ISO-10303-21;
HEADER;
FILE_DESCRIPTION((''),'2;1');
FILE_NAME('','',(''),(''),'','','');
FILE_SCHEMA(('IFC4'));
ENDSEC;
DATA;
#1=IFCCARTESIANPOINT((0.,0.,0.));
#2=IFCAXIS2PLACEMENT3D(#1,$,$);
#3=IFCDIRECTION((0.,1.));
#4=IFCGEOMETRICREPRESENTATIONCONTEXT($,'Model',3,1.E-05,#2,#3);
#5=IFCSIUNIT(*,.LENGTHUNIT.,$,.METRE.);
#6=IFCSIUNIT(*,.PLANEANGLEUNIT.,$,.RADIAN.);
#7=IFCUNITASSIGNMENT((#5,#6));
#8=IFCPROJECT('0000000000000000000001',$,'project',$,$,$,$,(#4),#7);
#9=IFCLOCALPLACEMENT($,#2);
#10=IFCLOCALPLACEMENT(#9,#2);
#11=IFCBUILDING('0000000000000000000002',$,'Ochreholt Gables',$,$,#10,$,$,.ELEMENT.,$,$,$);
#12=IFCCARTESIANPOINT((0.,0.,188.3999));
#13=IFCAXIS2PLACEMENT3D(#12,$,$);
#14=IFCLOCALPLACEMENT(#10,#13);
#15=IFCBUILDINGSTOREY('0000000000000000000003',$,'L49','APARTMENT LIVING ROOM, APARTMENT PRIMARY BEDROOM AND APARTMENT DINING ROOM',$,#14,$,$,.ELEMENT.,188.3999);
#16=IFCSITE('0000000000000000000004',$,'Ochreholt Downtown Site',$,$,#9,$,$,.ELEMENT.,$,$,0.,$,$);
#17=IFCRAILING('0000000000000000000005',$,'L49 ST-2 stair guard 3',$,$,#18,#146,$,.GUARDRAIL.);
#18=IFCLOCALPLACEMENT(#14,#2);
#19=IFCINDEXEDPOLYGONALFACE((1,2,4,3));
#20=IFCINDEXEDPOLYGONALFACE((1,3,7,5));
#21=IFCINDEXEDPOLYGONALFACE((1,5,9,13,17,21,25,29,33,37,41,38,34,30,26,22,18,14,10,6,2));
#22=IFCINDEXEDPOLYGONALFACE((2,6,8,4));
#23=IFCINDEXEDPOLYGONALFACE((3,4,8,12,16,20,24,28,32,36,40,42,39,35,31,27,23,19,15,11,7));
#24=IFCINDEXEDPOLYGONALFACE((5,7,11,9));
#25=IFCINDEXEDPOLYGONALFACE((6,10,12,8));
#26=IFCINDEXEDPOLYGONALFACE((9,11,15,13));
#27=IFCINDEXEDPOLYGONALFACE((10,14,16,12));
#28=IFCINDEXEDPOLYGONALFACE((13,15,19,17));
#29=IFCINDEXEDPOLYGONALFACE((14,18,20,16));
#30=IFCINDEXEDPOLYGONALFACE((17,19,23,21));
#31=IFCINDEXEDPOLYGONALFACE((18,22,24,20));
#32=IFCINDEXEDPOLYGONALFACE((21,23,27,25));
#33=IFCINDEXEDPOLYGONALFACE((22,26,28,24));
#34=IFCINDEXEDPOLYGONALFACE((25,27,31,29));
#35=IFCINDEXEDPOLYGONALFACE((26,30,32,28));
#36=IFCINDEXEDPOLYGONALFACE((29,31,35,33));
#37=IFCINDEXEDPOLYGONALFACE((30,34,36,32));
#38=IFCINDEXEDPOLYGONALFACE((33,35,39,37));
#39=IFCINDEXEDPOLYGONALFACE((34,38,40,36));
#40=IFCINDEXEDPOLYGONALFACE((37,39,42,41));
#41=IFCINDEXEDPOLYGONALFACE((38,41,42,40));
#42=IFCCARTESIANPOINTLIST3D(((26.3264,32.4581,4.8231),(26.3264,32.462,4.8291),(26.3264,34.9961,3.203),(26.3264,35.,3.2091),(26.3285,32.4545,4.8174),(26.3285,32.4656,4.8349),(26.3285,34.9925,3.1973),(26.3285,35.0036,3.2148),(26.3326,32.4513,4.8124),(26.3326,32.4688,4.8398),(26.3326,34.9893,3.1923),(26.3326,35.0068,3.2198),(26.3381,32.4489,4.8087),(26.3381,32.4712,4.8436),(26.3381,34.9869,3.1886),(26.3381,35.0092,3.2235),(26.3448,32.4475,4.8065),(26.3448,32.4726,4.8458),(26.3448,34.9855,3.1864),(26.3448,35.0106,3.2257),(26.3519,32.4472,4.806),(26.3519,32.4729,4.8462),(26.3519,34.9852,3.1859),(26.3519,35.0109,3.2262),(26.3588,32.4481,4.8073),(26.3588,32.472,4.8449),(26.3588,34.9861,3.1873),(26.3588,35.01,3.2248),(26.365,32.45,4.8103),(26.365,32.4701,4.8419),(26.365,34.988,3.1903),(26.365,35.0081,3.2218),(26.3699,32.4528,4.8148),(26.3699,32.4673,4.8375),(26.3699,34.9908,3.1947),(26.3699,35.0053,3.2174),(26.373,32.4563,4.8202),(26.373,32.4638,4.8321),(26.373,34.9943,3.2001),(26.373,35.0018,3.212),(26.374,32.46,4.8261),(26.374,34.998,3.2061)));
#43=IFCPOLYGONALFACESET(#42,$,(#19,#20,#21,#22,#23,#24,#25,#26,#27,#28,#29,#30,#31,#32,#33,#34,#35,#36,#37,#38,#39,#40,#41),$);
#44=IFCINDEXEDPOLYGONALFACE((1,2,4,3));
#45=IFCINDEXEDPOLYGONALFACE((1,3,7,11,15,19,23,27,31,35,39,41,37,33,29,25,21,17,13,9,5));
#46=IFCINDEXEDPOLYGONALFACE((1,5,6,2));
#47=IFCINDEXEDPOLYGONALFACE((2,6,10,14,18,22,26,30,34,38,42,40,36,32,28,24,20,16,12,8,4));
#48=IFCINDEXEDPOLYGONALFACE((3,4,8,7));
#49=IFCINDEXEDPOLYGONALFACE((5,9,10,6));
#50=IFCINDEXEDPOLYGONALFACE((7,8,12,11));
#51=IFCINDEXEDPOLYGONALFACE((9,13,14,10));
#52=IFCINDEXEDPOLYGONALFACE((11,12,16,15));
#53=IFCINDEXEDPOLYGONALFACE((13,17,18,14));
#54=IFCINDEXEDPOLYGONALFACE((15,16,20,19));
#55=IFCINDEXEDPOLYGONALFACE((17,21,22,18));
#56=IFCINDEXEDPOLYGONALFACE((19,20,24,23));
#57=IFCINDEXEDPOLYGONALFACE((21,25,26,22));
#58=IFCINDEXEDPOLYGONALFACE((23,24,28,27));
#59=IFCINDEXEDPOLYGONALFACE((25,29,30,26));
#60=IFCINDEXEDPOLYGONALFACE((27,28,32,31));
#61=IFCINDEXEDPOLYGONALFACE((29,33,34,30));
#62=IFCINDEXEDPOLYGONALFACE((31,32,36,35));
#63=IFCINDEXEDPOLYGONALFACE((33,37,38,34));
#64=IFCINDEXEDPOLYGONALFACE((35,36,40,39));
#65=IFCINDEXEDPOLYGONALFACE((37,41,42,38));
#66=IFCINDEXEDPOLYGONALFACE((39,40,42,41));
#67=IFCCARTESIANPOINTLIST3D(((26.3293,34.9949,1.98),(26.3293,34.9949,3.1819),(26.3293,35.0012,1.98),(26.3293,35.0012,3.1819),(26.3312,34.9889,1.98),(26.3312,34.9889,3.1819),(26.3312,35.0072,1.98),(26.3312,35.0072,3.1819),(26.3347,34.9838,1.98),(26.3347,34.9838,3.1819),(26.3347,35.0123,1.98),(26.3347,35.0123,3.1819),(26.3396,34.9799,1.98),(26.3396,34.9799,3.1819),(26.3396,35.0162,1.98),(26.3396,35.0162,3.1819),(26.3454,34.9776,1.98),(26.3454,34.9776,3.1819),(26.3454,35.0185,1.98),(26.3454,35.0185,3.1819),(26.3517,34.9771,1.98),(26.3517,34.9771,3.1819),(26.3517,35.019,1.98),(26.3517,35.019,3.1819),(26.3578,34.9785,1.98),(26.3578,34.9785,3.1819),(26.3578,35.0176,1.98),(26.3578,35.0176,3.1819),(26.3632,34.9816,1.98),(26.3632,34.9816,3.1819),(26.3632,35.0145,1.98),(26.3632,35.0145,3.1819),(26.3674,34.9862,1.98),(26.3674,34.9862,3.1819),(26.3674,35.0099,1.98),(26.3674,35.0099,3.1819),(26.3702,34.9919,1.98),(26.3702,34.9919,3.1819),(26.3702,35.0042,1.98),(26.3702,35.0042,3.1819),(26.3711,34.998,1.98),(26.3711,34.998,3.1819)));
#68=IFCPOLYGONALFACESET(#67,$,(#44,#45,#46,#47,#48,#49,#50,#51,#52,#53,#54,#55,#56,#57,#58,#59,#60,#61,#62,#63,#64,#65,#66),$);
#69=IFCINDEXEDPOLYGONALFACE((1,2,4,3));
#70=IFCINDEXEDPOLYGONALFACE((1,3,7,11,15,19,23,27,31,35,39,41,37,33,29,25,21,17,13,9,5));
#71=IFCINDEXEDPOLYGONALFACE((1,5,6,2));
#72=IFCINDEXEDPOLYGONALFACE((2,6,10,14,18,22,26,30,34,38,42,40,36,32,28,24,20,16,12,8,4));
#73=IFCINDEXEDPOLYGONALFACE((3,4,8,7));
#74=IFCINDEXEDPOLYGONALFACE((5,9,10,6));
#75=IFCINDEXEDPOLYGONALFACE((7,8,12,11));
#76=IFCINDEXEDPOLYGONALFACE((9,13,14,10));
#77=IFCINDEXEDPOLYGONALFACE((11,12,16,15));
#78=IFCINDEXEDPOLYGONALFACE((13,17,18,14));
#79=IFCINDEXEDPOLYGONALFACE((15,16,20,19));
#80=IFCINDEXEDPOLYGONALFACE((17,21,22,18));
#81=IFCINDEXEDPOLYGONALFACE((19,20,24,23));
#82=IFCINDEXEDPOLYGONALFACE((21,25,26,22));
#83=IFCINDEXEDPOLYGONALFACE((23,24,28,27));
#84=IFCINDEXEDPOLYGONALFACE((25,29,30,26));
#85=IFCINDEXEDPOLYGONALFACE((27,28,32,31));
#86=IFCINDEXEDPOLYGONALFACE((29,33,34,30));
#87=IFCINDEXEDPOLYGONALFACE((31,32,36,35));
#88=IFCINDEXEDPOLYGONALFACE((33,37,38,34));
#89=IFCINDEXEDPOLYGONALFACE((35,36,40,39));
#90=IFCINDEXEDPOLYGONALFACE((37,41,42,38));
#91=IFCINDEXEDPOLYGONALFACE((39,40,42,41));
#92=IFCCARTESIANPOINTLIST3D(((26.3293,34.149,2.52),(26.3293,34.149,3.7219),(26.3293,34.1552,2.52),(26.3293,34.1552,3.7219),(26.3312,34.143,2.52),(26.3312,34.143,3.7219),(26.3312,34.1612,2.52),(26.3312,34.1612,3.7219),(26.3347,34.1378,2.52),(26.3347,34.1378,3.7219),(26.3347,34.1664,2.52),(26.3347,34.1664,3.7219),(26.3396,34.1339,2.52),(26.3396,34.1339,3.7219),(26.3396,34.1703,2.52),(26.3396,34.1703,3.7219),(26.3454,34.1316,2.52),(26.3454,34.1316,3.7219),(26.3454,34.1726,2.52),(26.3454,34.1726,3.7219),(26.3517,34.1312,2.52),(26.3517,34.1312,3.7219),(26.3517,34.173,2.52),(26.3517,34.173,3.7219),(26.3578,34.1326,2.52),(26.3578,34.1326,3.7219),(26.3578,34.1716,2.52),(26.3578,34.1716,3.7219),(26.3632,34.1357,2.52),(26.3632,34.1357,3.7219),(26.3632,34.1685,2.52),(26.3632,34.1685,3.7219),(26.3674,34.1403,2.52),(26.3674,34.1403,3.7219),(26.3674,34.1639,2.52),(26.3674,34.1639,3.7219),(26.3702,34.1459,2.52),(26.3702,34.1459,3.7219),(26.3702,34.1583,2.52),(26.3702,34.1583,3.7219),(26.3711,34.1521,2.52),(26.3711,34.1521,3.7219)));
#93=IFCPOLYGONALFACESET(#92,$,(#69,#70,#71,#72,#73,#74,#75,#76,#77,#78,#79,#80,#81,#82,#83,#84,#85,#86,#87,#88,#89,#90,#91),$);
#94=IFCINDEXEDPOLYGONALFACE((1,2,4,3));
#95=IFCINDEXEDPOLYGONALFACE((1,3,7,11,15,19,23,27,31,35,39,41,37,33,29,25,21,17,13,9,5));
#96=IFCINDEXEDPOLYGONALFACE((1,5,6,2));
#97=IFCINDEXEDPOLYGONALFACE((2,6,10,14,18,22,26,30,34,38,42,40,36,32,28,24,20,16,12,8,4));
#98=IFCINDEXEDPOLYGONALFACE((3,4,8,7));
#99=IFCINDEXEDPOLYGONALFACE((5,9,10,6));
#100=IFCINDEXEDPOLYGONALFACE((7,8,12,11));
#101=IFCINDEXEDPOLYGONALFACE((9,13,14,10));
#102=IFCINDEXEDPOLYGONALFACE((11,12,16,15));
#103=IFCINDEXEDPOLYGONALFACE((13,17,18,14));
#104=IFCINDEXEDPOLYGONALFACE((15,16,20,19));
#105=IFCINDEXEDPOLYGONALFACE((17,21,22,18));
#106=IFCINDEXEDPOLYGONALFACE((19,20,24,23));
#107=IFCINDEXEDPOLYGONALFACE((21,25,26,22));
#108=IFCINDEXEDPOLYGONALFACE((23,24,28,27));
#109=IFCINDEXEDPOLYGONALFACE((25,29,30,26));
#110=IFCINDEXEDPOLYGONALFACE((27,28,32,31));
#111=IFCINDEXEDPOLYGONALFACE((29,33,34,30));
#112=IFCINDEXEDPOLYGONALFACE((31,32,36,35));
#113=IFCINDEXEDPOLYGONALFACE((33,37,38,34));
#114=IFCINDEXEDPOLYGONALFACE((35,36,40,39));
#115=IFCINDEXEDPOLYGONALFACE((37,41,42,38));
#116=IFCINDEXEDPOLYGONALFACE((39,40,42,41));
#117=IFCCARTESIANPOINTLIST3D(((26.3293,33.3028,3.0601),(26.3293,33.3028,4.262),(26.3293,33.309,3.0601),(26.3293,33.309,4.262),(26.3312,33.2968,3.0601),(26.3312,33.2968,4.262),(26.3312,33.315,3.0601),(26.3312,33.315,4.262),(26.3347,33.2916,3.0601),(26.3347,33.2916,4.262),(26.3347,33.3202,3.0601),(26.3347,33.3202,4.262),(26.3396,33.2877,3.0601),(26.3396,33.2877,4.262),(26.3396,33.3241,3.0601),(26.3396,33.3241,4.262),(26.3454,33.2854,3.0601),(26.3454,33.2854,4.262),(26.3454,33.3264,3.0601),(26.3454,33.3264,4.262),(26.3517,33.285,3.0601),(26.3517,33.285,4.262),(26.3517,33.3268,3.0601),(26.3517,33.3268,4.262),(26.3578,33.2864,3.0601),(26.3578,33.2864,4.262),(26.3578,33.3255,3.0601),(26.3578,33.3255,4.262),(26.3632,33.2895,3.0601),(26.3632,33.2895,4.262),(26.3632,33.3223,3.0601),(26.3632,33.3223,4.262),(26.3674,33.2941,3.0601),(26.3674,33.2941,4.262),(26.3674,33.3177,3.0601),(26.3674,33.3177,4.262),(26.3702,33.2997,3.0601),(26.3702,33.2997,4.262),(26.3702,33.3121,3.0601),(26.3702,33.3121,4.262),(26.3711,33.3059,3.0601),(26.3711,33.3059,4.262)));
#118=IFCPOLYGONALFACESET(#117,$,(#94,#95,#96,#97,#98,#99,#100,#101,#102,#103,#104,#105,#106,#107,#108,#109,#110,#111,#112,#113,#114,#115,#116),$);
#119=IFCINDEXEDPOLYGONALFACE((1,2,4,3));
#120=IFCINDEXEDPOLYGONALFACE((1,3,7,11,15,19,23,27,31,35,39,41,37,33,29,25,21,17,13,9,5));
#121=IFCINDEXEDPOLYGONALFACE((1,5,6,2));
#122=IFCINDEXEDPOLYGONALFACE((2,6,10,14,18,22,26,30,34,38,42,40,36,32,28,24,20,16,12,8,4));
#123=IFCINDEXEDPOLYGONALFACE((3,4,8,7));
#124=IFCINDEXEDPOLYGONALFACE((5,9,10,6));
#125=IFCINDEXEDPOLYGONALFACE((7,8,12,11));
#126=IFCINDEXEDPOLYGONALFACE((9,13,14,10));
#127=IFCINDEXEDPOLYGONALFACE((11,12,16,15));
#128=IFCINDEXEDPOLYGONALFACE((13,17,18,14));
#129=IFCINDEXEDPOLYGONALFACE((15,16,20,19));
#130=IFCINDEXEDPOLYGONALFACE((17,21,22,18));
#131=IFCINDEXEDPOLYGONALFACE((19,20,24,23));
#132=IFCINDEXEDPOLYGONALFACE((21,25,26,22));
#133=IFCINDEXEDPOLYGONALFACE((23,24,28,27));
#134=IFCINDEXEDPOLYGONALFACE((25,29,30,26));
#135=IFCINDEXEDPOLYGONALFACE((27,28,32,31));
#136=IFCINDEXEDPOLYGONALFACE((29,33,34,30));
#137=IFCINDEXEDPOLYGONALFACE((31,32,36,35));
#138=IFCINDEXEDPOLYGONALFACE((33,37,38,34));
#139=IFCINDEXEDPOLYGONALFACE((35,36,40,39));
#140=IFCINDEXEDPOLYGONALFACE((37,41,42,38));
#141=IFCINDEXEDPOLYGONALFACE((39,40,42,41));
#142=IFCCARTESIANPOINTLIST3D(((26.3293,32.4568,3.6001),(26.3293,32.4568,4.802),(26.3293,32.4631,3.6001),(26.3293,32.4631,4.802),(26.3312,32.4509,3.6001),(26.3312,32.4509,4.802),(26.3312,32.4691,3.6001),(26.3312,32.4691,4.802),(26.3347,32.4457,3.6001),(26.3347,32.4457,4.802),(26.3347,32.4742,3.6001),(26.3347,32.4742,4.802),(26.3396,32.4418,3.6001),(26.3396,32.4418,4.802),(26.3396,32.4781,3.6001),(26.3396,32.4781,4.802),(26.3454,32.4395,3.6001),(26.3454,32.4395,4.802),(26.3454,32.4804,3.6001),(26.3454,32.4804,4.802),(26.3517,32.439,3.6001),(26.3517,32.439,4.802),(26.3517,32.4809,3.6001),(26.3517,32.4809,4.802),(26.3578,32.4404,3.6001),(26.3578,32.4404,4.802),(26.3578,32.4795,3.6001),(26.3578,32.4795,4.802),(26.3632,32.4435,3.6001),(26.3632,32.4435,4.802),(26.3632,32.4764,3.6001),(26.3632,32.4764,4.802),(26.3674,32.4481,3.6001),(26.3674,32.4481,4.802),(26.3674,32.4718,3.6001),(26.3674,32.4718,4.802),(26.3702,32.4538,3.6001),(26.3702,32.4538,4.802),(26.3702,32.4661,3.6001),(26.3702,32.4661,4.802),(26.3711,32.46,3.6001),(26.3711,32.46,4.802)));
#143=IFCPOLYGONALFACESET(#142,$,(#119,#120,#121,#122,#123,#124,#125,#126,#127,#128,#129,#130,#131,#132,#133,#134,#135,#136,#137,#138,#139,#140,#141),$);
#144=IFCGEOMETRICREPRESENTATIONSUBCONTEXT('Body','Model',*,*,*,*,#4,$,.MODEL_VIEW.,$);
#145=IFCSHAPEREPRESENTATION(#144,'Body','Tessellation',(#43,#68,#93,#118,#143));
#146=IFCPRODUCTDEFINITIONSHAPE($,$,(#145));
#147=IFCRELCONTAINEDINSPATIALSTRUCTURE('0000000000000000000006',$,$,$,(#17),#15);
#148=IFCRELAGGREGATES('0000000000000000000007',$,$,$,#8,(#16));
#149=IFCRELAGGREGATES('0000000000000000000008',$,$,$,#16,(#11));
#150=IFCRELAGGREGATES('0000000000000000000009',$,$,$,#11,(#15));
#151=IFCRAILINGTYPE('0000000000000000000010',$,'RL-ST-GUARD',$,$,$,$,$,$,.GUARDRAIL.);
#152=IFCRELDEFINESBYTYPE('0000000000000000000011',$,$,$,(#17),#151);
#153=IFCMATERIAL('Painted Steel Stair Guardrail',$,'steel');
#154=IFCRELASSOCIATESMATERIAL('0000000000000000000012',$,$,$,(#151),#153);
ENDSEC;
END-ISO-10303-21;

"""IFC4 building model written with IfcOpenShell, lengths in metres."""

from ifc_helpers import new_model, si_unit, direction, frame, origin, origin_2d, place, context, subcontext, project, spatial, circle, extrude, material, type_object, element, save


model = new_model("IFC4")

# Units and contexts
model_context = context("Model", 3, precision=1e-05, world=origin(), true_north=direction((0.0, 1.0)))
body_context = subcontext(model_context, "Body", "Model", "MODEL_VIEW")
ifc_project = project(units=[si_unit("LENGTHUNIT", "METRE"), si_unit("PLANEANGLEUNIT", "RADIAN")], contexts=[model_context])

# Site, building, storey
site_placement = place(None, origin())
site = spatial("IfcSite", under=ifc_project, at=site_placement, Name="Ochreholt Downtown Site", CompositionType="ELEMENT", RefElevation=0.0)
building_placement = place(site_placement, origin())
building = spatial("IfcBuilding", under=site, at=building_placement, Name="Ochreholt Gables", CompositionType="ELEMENT")
storey_placement = place(building_placement, frame((0.0, 0.0, 188.3999)))
storey = spatial("IfcBuildingStorey", under=building, at=storey_placement, Name="L49", Description="APARTMENT LIVING ROOM, APARTMENT PRIMARY BEDROOM AND APARTMENT DINING ROOM", CompositionType="ELEMENT", Elevation=188.3999)

# Railing
ifc_material_1 = material(Name="Painted Steel Stair Guardrail", Category="steel")
railing_type_1 = type_object("IfcRailingType", Name="RL-ST-GUARD", PredefinedType="GUARDRAIL", material=ifc_material_1)
railing_1_placement = place(storey_placement, frame((26.3501, 34.998, 1.98)))
element("IfcRailing", 1, at=railing_1_placement, inside=storey, type_object=railing_type_1, Name="L49 ST-2 stair guard 3", PredefinedType="GUARDRAIL", context=body_context, shape_type="SweptSolid", body=[
    extrude(circle(Radius=0.0239, at=origin_2d()), frame((0.0, 0.0, 1.2261), z_axis=(0.0, -0.842913, 0.53805), x_axis=(1.0, 0.0, 0.0)), (0.0, 0.0, 1.0), 3.011),
    extrude(circle(Radius=0.021, at=origin_2d()), origin(), (0.0, 0.0, 1.0), 1.2019),
    extrude(circle(Radius=0.021, at=origin_2d()), frame((0.0, -0.8459, 0.54)), (0.0, 0.0, 1.0), 1.2019),
    extrude(circle(Radius=0.021, at=origin_2d()), frame((0.0, -1.6921, 1.0801)), (0.0, 0.0, 1.0), 1.2019),
    extrude(circle(Radius=0.021, at=origin_2d()), frame((0.0, -2.5381, 1.6201)), (0.0, 0.0, 1.0), 1.2019),
])

save(model, "model.ifc")
